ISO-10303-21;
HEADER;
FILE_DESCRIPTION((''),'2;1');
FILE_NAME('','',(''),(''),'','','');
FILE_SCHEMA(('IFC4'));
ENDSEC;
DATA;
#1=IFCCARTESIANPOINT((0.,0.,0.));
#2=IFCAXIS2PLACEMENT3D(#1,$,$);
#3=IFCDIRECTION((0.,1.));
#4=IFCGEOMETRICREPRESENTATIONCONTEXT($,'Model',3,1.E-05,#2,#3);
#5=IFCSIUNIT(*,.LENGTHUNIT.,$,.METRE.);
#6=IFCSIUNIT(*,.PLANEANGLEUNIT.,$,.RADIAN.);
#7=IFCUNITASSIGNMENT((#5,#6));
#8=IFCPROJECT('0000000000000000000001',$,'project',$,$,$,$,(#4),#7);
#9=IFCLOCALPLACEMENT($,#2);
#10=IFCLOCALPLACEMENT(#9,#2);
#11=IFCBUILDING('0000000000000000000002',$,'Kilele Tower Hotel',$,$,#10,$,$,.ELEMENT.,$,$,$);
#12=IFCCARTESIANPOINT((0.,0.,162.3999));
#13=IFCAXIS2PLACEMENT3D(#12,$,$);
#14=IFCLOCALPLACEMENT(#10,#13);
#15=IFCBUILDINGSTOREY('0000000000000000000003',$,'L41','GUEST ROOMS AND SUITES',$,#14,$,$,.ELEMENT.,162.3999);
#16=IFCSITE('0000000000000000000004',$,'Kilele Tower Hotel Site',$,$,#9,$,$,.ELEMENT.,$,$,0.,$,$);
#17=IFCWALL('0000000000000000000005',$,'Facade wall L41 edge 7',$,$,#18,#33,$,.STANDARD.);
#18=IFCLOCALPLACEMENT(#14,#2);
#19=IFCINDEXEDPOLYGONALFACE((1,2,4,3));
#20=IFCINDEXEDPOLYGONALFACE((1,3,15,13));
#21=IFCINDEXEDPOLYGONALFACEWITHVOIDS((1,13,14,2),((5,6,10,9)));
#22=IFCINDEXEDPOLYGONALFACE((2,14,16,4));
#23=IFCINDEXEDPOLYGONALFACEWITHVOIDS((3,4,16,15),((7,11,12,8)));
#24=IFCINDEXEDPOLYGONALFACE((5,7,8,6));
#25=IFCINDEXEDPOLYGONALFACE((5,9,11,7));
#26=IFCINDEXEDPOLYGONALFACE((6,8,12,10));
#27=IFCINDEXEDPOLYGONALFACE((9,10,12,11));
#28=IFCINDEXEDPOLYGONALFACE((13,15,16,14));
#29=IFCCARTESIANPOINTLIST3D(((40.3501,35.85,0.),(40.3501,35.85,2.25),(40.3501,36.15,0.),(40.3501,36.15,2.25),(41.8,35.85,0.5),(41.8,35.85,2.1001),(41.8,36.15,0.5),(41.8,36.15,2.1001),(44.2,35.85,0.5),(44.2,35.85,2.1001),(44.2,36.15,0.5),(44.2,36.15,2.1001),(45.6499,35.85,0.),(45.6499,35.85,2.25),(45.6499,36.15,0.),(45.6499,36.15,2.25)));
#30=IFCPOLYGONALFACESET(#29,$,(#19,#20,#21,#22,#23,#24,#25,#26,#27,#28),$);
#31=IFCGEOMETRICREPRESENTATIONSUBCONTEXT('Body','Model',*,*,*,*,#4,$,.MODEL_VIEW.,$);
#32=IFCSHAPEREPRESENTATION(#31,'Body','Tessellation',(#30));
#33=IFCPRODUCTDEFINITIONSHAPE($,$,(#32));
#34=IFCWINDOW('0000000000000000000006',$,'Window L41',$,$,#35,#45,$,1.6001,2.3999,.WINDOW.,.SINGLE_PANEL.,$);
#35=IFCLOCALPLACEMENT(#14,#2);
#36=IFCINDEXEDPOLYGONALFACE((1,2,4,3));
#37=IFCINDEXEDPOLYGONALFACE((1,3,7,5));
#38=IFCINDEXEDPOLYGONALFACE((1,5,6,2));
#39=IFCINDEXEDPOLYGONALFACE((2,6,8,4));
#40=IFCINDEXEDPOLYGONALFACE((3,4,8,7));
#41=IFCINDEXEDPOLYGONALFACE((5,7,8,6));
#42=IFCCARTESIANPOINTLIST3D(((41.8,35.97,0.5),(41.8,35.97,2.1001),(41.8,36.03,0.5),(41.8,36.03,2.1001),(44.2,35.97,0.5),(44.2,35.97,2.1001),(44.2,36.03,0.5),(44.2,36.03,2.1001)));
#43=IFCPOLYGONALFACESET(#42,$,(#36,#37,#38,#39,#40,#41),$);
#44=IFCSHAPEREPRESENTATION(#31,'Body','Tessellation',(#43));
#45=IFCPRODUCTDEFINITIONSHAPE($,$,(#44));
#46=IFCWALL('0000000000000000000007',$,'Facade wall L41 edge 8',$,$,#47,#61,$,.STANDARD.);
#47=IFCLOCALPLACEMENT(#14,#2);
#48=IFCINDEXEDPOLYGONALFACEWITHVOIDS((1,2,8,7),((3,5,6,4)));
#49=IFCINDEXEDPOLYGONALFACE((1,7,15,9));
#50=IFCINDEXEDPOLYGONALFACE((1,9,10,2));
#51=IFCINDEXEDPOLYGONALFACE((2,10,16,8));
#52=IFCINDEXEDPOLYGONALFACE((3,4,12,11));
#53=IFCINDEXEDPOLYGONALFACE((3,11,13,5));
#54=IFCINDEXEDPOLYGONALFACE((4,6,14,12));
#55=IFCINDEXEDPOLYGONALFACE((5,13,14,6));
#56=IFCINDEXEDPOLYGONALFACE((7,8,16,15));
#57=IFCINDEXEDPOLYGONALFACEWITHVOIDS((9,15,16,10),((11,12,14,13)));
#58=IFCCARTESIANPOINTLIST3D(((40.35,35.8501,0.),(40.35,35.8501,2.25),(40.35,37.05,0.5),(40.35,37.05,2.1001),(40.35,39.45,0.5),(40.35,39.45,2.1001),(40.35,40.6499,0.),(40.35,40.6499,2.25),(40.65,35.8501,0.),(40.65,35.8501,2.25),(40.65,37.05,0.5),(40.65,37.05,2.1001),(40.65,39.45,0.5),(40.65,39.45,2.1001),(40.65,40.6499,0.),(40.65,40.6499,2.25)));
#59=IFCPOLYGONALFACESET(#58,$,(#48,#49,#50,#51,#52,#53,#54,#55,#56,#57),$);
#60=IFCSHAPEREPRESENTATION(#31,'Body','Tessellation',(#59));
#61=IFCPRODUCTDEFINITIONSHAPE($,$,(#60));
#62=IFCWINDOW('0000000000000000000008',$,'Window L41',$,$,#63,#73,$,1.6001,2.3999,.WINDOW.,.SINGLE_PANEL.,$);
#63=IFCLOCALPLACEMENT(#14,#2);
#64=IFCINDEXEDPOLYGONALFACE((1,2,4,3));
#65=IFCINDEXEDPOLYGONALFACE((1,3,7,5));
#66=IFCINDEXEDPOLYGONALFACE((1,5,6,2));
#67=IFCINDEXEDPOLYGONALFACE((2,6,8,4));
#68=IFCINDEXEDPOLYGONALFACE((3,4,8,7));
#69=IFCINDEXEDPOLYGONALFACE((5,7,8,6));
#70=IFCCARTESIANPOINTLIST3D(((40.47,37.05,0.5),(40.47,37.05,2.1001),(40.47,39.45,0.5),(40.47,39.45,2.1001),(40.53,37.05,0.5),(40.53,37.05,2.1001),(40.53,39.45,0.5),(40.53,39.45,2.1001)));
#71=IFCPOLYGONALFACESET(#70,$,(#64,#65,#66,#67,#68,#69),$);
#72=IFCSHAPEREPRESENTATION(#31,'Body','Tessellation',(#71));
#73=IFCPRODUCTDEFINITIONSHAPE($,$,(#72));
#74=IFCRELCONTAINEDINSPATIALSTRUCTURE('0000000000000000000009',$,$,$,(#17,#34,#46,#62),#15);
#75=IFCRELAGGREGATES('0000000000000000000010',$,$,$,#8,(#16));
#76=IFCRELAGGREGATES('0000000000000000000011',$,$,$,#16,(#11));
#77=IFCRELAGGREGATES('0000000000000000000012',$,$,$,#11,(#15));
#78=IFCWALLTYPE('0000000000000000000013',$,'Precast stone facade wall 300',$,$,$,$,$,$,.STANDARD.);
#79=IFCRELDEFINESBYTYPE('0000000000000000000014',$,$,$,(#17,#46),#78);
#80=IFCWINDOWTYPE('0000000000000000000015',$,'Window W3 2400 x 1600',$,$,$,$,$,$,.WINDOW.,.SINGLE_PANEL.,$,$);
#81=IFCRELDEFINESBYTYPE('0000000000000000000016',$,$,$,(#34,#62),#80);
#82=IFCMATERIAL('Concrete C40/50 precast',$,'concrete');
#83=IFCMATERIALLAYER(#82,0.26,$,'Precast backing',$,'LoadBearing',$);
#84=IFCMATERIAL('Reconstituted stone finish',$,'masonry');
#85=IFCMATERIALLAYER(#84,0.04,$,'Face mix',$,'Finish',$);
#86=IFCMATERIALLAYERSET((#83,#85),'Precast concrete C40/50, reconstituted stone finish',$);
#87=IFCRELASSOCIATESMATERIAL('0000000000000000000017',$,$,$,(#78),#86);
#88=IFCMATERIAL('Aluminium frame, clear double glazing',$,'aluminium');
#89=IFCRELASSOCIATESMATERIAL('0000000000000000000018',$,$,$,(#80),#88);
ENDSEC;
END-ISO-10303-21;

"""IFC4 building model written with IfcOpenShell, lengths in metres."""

from ifc_helpers import new_model, si_unit, direction, frame, frame_2d, origin, place, context, subcontext, project, spatial, rectangle, extrude, material, layer, layer_set, type_object, element, fill, save


model = new_model("IFC4")

# Units and contexts
model_context = context("Model", 3, precision=1e-05, world=origin(), true_north=direction((0.0, 1.0)))
body_context = subcontext(model_context, "Body", "Model", "MODEL_VIEW")
ifc_project = project(units=[si_unit("LENGTHUNIT", "METRE"), si_unit("PLANEANGLEUNIT", "RADIAN")], contexts=[model_context])

# Site, building, storey
site_placement = place(None, origin())
site = spatial("IfcSite", under=ifc_project, at=site_placement, Name="Kilele Tower Hotel Site", CompositionType="ELEMENT", RefElevation=0.0)
building_placement = place(site_placement, origin())
building = spatial("IfcBuilding", under=site, at=building_placement, Name="Kilele Tower Hotel", CompositionType="ELEMENT")
storey_placement = place(building_placement, frame((0.0, 0.0, 162.3999)))
storey = spatial("IfcBuildingStorey", under=building, at=storey_placement, Name="L41", Description="GUEST ROOMS AND SUITES", CompositionType="ELEMENT", Elevation=162.3999)

# Walls, openings, windows
ifc_material_1 = material(Name="Concrete C40/50 precast", Category="concrete")
ifc_layer_1 = layer(ifc_material_1, 0.26, Name="Precast backing", Category="LoadBearing")
ifc_material_2 = material(Name="Reconstituted stone finish", Category="masonry")
ifc_layer_2 = layer(ifc_material_2, 0.04, Name="Face mix", Category="Finish")
ifc_layer_set_1 = layer_set([ifc_layer_1, ifc_layer_2], Name="Precast concrete C40/50, reconstituted stone finish")
wall_type_1 = type_object("IfcWallType", Name="Precast stone facade wall 300", PredefinedType="STANDARD", material=ifc_layer_set_1)
wall_1_placement = place(storey_placement, frame((45.6499, 36.0, 0.0), z_axis=(0.0, 0.0, 1.0), x_axis=(-1.0, 0.0, 0.0)))
wall_1 = element("IfcWall", 1, at=wall_1_placement, inside=storey, type_object=wall_type_1, Name="Facade wall L41 edge 7", PredefinedType="STANDARD", context=body_context, shape_type="SweptSolid", body=[
    extrude(rectangle(XDim=5.2998, YDim=0.3, at=frame_2d((2.6499, 0.0))), origin(), (0.0, 0.0, 1.0), 2.25),
])
opening_1_placement = place(wall_1_placement, frame((1.45, 0.0, 0.5)))
opening_1 = element("IfcOpeningElement", 2, at=opening_1_placement, cuts=wall_1, PredefinedType="OPENING", context=body_context, shape_type="SweptSolid", body=[
    extrude(rectangle(XDim=2.3999, YDim=1.6001, at=frame_2d((1.2, 0.8))), frame((0.0, 0.1599, 0.0), z_axis=(0.0, -1.0, 0.0), x_axis=(1.0, 0.0, 0.0)), (0.0, 0.0, 1.0), 0.3201),
])
ifc_material_3 = material(Name="Aluminium frame, clear double glazing", Category="aluminium")
window_type = type_object("IfcWindowType", Name="Window W3 2400 x 1600", PartitioningType="SINGLE_PANEL", PredefinedType="WINDOW", material=ifc_material_3)
window_1_placement = place(opening_1_placement, origin())
window_1 = element("IfcWindow", 3, at=window_1_placement, inside=storey, type_object=window_type, Name="Window L41", OverallHeight=1.6001, OverallWidth=2.3999, PartitioningType="SINGLE_PANEL", PredefinedType="WINDOW", context=body_context, shape_type="SweptSolid", body=[
    extrude(rectangle(XDim=2.3999, YDim=1.6001, at=frame_2d((1.2, 0.8))), frame((0.0, 0.03, 0.0), z_axis=(0.0, -1.0, 0.0), x_axis=(1.0, 0.0, 0.0)), (0.0, 0.0, 1.0), 0.0601),
])
fill(opening_1, window_1)
wall_2_placement = place(storey_placement, frame((40.5, 35.8501, 0.0), z_axis=(0.0, 0.0, 1.0), x_axis=(0.0, 1.0, 0.0)))
wall_2 = element("IfcWall", 4, at=wall_2_placement, inside=storey, type_object=wall_type_1, Name="Facade wall L41 edge 8", PredefinedType="STANDARD", context=body_context, shape_type="SweptSolid", body=[
    extrude(rectangle(XDim=4.7998, YDim=0.3, at=frame_2d((2.3999, 0.0))), origin(), (0.0, 0.0, 1.0), 2.25),
])
opening_2_placement = place(wall_2_placement, frame((1.2, 0.0, 0.5)))
opening_2 = element("IfcOpeningElement", 5, at=opening_2_placement, cuts=wall_2, PredefinedType="OPENING", context=body_context, shape_type="SweptSolid", body=[
    extrude(rectangle(XDim=2.3999, YDim=1.6001, at=frame_2d((1.2, 0.8))), frame((0.0, 0.1599, 0.0), z_axis=(0.0, -1.0, 0.0), x_axis=(1.0, 0.0, 0.0)), (0.0, 0.0, 1.0), 0.3201),
])
window_2_placement = place(opening_2_placement, origin())
window_2 = element("IfcWindow", 6, at=window_2_placement, inside=storey, type_object=window_type, Name="Window L41", OverallHeight=1.6001, OverallWidth=2.3999, PartitioningType="SINGLE_PANEL", PredefinedType="WINDOW", context=body_context, shape_type="SweptSolid", body=[
    extrude(rectangle(XDim=2.3999, YDim=1.6001, at=frame_2d((1.2, 0.8))), frame((0.0, 0.03, 0.0), z_axis=(0.0, -1.0, 0.0), x_axis=(1.0, 0.0, 0.0)), (0.0, 0.0, 1.0), 0.0601),
])
fill(opening_2, window_2)

save(model, "model.ifc")
